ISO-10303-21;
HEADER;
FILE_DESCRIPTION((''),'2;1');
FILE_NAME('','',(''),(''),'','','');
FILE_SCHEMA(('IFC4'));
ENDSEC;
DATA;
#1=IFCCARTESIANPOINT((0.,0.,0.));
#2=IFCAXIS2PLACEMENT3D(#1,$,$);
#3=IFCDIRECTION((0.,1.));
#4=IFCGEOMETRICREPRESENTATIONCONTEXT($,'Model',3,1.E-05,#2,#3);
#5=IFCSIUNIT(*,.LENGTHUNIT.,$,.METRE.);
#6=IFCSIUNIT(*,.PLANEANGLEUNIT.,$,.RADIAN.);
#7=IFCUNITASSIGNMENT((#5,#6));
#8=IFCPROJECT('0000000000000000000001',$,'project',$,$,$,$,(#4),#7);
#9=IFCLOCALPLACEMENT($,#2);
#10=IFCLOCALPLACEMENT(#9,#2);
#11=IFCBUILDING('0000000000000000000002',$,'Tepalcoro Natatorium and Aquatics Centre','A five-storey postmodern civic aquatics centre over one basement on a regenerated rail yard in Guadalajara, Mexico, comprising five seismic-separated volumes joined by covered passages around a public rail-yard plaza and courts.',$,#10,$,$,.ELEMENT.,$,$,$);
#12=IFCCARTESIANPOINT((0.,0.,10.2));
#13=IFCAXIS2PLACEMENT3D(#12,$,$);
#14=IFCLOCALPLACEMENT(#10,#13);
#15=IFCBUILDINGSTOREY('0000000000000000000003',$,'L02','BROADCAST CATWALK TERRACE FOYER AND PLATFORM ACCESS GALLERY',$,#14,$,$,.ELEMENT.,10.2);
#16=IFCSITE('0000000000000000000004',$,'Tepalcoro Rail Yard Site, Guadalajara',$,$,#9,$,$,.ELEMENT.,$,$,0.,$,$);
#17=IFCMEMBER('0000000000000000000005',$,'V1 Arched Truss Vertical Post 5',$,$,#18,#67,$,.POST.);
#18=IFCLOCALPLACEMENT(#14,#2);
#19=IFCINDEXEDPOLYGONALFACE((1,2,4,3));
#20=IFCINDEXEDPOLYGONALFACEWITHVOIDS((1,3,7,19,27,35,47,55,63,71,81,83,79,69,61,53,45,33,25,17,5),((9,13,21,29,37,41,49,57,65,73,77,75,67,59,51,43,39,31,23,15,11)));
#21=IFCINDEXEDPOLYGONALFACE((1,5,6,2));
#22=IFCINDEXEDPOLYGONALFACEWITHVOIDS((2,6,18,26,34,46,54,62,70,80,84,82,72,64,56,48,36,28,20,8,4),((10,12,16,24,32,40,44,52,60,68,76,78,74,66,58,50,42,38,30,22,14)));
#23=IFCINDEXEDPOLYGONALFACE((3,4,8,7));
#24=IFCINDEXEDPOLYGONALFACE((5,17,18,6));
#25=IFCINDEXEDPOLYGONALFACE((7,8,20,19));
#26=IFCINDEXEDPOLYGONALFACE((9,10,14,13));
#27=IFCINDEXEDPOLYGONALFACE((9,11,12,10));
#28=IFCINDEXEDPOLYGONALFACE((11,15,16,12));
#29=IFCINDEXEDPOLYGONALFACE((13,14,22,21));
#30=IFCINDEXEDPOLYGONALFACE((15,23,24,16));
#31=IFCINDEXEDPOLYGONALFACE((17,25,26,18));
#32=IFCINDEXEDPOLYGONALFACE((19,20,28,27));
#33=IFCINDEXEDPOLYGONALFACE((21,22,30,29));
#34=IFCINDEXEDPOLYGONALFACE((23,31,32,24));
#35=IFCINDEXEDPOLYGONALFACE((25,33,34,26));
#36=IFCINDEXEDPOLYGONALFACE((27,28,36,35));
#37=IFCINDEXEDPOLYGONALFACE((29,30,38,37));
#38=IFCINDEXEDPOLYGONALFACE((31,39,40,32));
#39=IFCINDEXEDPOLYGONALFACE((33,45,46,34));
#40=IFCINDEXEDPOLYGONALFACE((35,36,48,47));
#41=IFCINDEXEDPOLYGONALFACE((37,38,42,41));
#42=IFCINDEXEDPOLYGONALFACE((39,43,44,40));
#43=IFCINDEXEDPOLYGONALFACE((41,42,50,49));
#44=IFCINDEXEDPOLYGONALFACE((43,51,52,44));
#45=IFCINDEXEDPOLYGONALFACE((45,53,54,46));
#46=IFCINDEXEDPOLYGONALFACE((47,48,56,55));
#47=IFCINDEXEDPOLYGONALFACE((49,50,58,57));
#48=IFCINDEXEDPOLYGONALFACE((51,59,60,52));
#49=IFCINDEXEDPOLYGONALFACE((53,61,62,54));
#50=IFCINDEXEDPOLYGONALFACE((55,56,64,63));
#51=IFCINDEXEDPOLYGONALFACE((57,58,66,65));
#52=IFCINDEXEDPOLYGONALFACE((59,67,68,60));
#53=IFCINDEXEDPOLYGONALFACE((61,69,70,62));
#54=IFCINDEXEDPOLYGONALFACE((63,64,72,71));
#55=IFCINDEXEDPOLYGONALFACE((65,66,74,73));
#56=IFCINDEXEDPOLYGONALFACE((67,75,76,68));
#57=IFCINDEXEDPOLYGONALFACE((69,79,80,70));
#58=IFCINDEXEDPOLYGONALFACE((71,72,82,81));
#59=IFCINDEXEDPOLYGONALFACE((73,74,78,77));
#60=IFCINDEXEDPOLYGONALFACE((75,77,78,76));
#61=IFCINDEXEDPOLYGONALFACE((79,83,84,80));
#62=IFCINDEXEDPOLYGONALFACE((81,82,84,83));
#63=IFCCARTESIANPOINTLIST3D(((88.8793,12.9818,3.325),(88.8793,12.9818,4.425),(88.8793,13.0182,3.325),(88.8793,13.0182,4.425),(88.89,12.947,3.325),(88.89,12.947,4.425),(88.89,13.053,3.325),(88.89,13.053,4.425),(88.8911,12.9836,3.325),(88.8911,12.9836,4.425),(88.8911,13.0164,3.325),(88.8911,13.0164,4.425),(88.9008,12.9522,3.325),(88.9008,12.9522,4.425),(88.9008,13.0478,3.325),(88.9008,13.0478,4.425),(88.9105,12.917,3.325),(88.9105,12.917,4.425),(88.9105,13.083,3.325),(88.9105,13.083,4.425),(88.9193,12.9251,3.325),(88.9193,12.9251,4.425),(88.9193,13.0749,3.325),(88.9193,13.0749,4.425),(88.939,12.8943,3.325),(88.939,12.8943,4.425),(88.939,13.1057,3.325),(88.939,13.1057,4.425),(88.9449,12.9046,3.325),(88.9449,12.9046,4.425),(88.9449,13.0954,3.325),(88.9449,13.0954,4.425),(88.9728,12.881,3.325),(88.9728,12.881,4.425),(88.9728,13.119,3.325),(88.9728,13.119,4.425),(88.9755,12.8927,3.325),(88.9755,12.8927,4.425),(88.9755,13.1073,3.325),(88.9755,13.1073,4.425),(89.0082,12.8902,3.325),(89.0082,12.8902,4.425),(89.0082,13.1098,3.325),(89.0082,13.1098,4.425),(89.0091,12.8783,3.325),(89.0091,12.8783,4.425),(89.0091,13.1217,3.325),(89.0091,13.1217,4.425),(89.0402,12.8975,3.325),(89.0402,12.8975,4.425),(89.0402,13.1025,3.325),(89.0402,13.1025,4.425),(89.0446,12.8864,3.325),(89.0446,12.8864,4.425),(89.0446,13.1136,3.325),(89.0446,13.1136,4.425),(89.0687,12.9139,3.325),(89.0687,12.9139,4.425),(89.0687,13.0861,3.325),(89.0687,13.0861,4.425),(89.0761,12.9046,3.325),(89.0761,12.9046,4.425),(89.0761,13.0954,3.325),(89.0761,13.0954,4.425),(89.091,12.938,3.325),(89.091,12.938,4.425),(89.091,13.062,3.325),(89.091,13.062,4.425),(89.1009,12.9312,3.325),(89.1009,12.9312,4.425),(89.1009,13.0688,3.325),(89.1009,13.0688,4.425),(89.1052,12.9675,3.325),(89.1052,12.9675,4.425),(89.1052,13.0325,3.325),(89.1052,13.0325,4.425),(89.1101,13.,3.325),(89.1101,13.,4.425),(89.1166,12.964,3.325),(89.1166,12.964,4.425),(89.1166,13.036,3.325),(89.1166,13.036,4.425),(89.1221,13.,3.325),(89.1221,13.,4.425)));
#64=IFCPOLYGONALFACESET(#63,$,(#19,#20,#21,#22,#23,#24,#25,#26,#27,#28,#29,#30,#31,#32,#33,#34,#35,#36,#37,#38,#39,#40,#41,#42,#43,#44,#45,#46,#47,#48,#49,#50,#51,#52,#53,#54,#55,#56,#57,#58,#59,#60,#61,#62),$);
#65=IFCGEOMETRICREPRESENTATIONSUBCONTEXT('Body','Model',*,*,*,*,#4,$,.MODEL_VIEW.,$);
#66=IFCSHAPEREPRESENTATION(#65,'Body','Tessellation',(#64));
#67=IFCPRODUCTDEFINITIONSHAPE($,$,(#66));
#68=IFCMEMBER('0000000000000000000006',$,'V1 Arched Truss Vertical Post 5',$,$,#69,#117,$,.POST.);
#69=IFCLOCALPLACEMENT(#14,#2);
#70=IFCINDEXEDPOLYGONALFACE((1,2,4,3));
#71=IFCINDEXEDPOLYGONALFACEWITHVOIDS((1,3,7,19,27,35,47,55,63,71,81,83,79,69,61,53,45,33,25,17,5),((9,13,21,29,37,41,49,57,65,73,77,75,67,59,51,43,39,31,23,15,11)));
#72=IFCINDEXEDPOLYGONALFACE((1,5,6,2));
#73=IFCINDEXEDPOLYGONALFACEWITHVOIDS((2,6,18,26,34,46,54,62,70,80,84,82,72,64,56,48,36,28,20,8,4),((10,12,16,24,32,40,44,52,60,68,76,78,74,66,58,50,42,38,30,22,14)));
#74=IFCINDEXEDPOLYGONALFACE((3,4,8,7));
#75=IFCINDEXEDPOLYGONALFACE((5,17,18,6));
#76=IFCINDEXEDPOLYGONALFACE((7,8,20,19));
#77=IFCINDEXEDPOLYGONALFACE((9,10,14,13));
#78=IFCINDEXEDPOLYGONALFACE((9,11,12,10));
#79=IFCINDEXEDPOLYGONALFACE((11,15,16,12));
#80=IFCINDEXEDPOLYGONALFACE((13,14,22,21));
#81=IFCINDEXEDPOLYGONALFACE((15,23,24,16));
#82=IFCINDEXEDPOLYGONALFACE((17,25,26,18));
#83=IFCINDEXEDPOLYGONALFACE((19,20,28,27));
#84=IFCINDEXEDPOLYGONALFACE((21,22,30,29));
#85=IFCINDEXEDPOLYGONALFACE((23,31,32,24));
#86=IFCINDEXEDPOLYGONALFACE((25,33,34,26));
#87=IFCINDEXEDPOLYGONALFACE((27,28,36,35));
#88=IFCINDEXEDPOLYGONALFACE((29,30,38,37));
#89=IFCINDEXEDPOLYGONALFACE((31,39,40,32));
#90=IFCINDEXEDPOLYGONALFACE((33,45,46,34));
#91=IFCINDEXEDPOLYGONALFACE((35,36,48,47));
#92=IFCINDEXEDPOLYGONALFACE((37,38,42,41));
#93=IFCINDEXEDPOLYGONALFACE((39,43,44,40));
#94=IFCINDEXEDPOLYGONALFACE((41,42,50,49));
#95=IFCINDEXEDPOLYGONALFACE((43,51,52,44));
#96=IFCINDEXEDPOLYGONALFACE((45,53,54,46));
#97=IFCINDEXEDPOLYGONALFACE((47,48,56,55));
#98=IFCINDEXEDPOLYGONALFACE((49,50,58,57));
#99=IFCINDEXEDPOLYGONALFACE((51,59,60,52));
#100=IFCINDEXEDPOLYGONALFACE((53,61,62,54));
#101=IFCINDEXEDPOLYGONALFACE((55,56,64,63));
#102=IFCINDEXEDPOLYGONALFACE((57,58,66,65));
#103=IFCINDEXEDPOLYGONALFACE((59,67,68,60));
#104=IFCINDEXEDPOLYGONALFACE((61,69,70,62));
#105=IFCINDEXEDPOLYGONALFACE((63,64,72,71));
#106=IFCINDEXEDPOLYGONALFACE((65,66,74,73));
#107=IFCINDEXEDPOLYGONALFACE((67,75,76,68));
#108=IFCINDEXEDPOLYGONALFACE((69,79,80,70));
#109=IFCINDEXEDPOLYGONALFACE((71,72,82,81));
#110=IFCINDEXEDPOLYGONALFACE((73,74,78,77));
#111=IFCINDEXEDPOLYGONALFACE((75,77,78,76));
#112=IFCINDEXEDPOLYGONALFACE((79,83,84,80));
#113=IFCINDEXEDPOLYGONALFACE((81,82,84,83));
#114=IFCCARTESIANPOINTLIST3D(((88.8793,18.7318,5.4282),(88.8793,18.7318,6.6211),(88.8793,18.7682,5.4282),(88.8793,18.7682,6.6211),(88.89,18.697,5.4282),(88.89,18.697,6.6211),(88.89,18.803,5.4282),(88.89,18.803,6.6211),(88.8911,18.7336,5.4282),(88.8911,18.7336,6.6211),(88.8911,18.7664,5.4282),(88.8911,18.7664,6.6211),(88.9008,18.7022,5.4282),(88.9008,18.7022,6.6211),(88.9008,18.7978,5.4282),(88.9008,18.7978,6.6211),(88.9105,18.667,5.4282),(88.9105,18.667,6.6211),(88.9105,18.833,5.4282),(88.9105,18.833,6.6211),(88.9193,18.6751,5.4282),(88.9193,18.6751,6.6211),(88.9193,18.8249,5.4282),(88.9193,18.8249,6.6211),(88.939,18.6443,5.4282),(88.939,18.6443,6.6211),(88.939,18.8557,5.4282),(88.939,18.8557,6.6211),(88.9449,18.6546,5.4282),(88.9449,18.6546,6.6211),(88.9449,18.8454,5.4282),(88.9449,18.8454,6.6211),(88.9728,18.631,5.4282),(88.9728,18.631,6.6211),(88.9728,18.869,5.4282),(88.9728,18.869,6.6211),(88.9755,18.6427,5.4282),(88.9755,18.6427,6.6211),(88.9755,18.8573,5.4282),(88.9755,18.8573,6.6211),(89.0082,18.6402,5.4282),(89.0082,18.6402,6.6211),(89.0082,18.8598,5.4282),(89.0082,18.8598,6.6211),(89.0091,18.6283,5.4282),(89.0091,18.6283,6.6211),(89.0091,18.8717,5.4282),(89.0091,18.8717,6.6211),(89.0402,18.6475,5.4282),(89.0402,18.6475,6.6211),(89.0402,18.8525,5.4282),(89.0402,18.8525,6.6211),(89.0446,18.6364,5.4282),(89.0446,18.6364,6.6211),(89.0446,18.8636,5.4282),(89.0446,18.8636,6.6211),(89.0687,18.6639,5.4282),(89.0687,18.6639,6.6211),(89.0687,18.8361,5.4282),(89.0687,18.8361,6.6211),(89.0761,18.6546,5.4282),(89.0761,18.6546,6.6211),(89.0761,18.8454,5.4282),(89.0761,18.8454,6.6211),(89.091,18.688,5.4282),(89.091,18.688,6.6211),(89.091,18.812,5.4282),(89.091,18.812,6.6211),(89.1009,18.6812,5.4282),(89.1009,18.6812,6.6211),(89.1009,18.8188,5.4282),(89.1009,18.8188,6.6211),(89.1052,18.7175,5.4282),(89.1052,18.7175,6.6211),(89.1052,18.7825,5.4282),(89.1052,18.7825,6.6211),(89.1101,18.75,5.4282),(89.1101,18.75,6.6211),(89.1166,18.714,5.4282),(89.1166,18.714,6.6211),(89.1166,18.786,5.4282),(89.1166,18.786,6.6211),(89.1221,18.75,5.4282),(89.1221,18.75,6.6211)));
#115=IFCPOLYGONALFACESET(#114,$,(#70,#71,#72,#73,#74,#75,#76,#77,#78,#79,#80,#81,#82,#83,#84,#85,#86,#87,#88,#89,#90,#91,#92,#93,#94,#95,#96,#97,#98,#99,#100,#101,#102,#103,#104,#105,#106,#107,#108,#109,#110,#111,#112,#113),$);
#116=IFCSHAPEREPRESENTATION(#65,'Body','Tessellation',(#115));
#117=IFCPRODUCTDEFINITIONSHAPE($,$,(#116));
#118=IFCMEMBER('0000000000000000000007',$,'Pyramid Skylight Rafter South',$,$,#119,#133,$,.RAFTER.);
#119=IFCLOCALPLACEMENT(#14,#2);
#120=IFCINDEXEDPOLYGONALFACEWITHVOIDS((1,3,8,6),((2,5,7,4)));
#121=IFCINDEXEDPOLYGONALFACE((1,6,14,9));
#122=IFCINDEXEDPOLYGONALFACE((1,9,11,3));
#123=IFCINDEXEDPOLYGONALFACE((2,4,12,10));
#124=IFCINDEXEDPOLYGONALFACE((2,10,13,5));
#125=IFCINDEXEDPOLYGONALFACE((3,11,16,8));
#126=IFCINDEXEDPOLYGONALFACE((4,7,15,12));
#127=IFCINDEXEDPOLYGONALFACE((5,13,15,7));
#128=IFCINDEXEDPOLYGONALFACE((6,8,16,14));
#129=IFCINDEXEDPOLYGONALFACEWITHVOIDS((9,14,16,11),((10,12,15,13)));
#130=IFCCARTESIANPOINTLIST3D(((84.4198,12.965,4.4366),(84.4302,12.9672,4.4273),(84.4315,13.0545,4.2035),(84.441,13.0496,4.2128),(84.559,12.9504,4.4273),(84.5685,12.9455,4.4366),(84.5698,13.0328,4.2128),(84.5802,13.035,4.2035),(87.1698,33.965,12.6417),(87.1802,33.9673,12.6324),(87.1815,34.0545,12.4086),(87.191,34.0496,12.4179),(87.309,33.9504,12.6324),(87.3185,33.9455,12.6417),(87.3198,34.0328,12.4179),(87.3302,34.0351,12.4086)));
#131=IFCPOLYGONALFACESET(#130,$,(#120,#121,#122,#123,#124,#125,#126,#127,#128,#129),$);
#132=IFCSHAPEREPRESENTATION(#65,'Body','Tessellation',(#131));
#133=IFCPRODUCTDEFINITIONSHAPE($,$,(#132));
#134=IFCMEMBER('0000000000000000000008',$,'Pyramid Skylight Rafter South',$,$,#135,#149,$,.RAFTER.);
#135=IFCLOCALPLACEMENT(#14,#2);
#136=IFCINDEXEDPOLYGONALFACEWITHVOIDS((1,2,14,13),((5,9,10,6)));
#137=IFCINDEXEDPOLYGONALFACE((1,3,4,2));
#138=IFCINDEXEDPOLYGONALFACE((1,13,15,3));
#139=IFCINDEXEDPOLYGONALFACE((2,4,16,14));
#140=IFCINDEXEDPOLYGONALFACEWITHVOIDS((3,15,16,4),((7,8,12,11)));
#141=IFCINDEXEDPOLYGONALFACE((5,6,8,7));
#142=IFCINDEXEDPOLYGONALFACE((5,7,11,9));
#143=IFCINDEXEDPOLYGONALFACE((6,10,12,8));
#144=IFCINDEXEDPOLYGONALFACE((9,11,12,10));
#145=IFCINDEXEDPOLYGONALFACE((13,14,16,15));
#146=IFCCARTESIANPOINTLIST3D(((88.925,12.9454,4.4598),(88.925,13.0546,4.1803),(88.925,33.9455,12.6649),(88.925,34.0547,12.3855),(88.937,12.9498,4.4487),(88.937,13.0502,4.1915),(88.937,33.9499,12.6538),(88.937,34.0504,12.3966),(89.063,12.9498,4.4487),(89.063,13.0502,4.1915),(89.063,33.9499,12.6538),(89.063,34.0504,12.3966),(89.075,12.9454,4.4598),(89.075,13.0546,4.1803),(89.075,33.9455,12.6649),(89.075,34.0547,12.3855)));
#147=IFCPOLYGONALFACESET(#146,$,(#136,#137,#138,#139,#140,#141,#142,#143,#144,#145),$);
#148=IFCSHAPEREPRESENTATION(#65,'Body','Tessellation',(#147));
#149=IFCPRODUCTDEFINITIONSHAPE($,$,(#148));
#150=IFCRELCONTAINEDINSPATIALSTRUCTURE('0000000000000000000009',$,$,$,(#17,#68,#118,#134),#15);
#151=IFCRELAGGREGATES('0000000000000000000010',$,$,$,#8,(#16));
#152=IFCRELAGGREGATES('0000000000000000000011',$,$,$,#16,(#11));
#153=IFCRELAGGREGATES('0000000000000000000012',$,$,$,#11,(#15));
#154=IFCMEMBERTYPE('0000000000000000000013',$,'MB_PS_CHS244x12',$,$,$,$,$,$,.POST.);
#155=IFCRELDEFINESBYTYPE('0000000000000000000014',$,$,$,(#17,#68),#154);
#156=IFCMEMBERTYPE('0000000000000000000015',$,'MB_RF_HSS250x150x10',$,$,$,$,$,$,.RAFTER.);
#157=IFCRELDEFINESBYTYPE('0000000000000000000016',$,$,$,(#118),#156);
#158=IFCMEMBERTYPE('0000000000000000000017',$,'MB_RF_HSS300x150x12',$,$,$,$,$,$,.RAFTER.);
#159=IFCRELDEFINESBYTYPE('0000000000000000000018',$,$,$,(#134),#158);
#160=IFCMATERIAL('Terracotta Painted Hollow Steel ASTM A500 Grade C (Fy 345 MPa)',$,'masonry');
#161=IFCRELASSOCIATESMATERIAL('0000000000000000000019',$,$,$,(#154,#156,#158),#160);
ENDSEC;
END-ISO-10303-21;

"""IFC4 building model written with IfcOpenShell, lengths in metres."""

from ifc_helpers import new_model, si_unit, direction, frame, origin, origin_2d, place, context, subcontext, project, spatial, hollow_rectangle, hollow_circle, extrude, material, material_profile, profile_set, type_object, element, save


model = new_model("IFC4")

# Units and contexts
model_context = context("Model", 3, precision=1e-05, world=origin(), true_north=direction((0.0, 1.0)))
body_context = subcontext(model_context, "Body", "Model", "MODEL_VIEW")
ifc_project = project(units=[si_unit("LENGTHUNIT", "METRE"), si_unit("PLANEANGLEUNIT", "RADIAN")], contexts=[model_context])

# Site, building, storey
site_placement = place(None, origin())
site = spatial("IfcSite", under=ifc_project, at=site_placement, Name="Tepalcoro Rail Yard Site, Guadalajara", CompositionType="ELEMENT", RefElevation=0.0)
building_placement = place(site_placement, origin())
building = spatial("IfcBuilding", under=site, at=building_placement, Name="Tepalcoro Natatorium and Aquatics Centre", Description="A five-storey postmodern civic aquatics centre over one basement on a regenerated rail yard in Guadalajara, Mexico, comprising five seismic-separated volumes joined by covered passages around a public rail-yard plaza and courts.", CompositionType="ELEMENT")
storey_placement = place(building_placement, frame((0.0, 0.0, 10.2)))
storey = spatial("IfcBuildingStorey", under=building, at=storey_placement, Name="L02", Description="BROADCAST CATWALK TERRACE FOYER AND PLATFORM ACCESS GALLERY", CompositionType="ELEMENT", Elevation=10.2)

# Shared definitions
ifc_material_1 = material(Name="Terracotta Painted Hollow Steel ASTM A500 Grade C (Fy 345 MPa)", Category="masonry")

# Members
ifc_material_profile_1 = material_profile(ifc_material_1, hollow_circle(Radius=0.1221, WallThickness=0.012, at=origin_2d()), Name="CHS244X12")
ifc_profile_set_1 = profile_set([ifc_material_profile_1], Name="Terracotta Painted Hollow Steel ASTM A500 Grade C (Fy 345 MPa)")
member_type_1 = type_object("IfcMemberType", Name="MB_PS_CHS244x12", PredefinedType="POST", material=ifc_profile_set_1)
member_1_placement = place(storey_placement, frame((89.0, 13.0, 3.325), z_axis=(0.0, 0.0, 1.0), x_axis=(1.0, 0.0, 0.0)))
element("IfcMember", 1, at=member_1_placement, inside=storey, type_object=member_type_1, Name="V1 Arched Truss Vertical Post 5", PredefinedType="POST", context=body_context, shape_type="SweptSolid", body=[
    extrude(hollow_circle(Radius=0.1221, WallThickness=0.012, at=origin_2d()), origin(), (0.0, 0.0, 1.0), 1.1001),
])
member_2_placement = place(storey_placement, frame((89.0, 18.75, 5.4282), z_axis=(0.0, 0.0, 1.0), x_axis=(1.0, 0.0, 0.0)))
element("IfcMember", 2, at=member_2_placement, inside=storey, type_object=member_type_1, Name="V1 Arched Truss Vertical Post 5", PredefinedType="POST", context=body_context, shape_type="SweptSolid", body=[
    extrude(hollow_circle(Radius=0.1221, WallThickness=0.012, at=origin_2d()), origin(), (0.0, 0.0, 1.0), 1.1929),
])
ifc_material_profile_2 = material_profile(ifc_material_1, hollow_rectangle(XDim=0.1499, YDim=0.25, WallThickness=0.01, at=origin_2d()), Name="HSS250X150X10")
ifc_profile_set_2 = profile_set([ifc_material_profile_2], Name="Terracotta Painted Hollow Steel ASTM A500 Grade C (Fy 345 MPa)")
member_type_2 = type_object("IfcMemberType", Name="MB_RF_HSS250x150x10", PredefinedType="RAFTER", material=ifc_profile_set_2)
member_3_placement = place(storey_placement, frame((84.5, 13.0, 4.3201), z_axis=(0.121075, 0.924576, 0.361248), x_axis=(-0.991534, 0.129844, 0.0)))
element("IfcMember", 3, at=member_3_placement, inside=storey, type_object=member_type_2, Name="Pyramid Skylight Rafter South", PredefinedType="RAFTER", context=body_context, shape_type="SweptSolid", body=[
    extrude(hollow_rectangle(XDim=0.1499, YDim=0.25, WallThickness=0.01, at=origin_2d()), origin(), (0.0, 0.0, 1.0), 22.7131),
])
ifc_material_profile_3 = material_profile(ifc_material_1, hollow_rectangle(XDim=0.1499, YDim=0.3, WallThickness=0.012, at=origin_2d()), Name="HSS300X150X12")
ifc_profile_set_3 = profile_set([ifc_material_profile_3], Name="Terracotta Painted Hollow Steel ASTM A500 Grade C (Fy 345 MPa)")
member_type_3 = type_object("IfcMemberType", Name="MB_RF_HSS300x150x12", PredefinedType="RAFTER", material=ifc_profile_set_3)
member_4_placement = place(storey_placement, frame((89.0, 13.0, 4.3201), z_axis=(0.0, 0.931428, 0.363926), x_axis=(-1.0, 0.0, 0.0)))
element("IfcMember", 4, at=member_4_placement, inside=storey, type_object=member_type_3, Name="Pyramid Skylight Rafter South", PredefinedType="RAFTER", context=body_context, shape_type="SweptSolid", body=[
    extrude(hollow_rectangle(XDim=0.1499, YDim=0.3, WallThickness=0.012, at=origin_2d()), origin(), (0.0, 0.0, 1.0), 22.5461),
])

save(model, "model.ifc")
